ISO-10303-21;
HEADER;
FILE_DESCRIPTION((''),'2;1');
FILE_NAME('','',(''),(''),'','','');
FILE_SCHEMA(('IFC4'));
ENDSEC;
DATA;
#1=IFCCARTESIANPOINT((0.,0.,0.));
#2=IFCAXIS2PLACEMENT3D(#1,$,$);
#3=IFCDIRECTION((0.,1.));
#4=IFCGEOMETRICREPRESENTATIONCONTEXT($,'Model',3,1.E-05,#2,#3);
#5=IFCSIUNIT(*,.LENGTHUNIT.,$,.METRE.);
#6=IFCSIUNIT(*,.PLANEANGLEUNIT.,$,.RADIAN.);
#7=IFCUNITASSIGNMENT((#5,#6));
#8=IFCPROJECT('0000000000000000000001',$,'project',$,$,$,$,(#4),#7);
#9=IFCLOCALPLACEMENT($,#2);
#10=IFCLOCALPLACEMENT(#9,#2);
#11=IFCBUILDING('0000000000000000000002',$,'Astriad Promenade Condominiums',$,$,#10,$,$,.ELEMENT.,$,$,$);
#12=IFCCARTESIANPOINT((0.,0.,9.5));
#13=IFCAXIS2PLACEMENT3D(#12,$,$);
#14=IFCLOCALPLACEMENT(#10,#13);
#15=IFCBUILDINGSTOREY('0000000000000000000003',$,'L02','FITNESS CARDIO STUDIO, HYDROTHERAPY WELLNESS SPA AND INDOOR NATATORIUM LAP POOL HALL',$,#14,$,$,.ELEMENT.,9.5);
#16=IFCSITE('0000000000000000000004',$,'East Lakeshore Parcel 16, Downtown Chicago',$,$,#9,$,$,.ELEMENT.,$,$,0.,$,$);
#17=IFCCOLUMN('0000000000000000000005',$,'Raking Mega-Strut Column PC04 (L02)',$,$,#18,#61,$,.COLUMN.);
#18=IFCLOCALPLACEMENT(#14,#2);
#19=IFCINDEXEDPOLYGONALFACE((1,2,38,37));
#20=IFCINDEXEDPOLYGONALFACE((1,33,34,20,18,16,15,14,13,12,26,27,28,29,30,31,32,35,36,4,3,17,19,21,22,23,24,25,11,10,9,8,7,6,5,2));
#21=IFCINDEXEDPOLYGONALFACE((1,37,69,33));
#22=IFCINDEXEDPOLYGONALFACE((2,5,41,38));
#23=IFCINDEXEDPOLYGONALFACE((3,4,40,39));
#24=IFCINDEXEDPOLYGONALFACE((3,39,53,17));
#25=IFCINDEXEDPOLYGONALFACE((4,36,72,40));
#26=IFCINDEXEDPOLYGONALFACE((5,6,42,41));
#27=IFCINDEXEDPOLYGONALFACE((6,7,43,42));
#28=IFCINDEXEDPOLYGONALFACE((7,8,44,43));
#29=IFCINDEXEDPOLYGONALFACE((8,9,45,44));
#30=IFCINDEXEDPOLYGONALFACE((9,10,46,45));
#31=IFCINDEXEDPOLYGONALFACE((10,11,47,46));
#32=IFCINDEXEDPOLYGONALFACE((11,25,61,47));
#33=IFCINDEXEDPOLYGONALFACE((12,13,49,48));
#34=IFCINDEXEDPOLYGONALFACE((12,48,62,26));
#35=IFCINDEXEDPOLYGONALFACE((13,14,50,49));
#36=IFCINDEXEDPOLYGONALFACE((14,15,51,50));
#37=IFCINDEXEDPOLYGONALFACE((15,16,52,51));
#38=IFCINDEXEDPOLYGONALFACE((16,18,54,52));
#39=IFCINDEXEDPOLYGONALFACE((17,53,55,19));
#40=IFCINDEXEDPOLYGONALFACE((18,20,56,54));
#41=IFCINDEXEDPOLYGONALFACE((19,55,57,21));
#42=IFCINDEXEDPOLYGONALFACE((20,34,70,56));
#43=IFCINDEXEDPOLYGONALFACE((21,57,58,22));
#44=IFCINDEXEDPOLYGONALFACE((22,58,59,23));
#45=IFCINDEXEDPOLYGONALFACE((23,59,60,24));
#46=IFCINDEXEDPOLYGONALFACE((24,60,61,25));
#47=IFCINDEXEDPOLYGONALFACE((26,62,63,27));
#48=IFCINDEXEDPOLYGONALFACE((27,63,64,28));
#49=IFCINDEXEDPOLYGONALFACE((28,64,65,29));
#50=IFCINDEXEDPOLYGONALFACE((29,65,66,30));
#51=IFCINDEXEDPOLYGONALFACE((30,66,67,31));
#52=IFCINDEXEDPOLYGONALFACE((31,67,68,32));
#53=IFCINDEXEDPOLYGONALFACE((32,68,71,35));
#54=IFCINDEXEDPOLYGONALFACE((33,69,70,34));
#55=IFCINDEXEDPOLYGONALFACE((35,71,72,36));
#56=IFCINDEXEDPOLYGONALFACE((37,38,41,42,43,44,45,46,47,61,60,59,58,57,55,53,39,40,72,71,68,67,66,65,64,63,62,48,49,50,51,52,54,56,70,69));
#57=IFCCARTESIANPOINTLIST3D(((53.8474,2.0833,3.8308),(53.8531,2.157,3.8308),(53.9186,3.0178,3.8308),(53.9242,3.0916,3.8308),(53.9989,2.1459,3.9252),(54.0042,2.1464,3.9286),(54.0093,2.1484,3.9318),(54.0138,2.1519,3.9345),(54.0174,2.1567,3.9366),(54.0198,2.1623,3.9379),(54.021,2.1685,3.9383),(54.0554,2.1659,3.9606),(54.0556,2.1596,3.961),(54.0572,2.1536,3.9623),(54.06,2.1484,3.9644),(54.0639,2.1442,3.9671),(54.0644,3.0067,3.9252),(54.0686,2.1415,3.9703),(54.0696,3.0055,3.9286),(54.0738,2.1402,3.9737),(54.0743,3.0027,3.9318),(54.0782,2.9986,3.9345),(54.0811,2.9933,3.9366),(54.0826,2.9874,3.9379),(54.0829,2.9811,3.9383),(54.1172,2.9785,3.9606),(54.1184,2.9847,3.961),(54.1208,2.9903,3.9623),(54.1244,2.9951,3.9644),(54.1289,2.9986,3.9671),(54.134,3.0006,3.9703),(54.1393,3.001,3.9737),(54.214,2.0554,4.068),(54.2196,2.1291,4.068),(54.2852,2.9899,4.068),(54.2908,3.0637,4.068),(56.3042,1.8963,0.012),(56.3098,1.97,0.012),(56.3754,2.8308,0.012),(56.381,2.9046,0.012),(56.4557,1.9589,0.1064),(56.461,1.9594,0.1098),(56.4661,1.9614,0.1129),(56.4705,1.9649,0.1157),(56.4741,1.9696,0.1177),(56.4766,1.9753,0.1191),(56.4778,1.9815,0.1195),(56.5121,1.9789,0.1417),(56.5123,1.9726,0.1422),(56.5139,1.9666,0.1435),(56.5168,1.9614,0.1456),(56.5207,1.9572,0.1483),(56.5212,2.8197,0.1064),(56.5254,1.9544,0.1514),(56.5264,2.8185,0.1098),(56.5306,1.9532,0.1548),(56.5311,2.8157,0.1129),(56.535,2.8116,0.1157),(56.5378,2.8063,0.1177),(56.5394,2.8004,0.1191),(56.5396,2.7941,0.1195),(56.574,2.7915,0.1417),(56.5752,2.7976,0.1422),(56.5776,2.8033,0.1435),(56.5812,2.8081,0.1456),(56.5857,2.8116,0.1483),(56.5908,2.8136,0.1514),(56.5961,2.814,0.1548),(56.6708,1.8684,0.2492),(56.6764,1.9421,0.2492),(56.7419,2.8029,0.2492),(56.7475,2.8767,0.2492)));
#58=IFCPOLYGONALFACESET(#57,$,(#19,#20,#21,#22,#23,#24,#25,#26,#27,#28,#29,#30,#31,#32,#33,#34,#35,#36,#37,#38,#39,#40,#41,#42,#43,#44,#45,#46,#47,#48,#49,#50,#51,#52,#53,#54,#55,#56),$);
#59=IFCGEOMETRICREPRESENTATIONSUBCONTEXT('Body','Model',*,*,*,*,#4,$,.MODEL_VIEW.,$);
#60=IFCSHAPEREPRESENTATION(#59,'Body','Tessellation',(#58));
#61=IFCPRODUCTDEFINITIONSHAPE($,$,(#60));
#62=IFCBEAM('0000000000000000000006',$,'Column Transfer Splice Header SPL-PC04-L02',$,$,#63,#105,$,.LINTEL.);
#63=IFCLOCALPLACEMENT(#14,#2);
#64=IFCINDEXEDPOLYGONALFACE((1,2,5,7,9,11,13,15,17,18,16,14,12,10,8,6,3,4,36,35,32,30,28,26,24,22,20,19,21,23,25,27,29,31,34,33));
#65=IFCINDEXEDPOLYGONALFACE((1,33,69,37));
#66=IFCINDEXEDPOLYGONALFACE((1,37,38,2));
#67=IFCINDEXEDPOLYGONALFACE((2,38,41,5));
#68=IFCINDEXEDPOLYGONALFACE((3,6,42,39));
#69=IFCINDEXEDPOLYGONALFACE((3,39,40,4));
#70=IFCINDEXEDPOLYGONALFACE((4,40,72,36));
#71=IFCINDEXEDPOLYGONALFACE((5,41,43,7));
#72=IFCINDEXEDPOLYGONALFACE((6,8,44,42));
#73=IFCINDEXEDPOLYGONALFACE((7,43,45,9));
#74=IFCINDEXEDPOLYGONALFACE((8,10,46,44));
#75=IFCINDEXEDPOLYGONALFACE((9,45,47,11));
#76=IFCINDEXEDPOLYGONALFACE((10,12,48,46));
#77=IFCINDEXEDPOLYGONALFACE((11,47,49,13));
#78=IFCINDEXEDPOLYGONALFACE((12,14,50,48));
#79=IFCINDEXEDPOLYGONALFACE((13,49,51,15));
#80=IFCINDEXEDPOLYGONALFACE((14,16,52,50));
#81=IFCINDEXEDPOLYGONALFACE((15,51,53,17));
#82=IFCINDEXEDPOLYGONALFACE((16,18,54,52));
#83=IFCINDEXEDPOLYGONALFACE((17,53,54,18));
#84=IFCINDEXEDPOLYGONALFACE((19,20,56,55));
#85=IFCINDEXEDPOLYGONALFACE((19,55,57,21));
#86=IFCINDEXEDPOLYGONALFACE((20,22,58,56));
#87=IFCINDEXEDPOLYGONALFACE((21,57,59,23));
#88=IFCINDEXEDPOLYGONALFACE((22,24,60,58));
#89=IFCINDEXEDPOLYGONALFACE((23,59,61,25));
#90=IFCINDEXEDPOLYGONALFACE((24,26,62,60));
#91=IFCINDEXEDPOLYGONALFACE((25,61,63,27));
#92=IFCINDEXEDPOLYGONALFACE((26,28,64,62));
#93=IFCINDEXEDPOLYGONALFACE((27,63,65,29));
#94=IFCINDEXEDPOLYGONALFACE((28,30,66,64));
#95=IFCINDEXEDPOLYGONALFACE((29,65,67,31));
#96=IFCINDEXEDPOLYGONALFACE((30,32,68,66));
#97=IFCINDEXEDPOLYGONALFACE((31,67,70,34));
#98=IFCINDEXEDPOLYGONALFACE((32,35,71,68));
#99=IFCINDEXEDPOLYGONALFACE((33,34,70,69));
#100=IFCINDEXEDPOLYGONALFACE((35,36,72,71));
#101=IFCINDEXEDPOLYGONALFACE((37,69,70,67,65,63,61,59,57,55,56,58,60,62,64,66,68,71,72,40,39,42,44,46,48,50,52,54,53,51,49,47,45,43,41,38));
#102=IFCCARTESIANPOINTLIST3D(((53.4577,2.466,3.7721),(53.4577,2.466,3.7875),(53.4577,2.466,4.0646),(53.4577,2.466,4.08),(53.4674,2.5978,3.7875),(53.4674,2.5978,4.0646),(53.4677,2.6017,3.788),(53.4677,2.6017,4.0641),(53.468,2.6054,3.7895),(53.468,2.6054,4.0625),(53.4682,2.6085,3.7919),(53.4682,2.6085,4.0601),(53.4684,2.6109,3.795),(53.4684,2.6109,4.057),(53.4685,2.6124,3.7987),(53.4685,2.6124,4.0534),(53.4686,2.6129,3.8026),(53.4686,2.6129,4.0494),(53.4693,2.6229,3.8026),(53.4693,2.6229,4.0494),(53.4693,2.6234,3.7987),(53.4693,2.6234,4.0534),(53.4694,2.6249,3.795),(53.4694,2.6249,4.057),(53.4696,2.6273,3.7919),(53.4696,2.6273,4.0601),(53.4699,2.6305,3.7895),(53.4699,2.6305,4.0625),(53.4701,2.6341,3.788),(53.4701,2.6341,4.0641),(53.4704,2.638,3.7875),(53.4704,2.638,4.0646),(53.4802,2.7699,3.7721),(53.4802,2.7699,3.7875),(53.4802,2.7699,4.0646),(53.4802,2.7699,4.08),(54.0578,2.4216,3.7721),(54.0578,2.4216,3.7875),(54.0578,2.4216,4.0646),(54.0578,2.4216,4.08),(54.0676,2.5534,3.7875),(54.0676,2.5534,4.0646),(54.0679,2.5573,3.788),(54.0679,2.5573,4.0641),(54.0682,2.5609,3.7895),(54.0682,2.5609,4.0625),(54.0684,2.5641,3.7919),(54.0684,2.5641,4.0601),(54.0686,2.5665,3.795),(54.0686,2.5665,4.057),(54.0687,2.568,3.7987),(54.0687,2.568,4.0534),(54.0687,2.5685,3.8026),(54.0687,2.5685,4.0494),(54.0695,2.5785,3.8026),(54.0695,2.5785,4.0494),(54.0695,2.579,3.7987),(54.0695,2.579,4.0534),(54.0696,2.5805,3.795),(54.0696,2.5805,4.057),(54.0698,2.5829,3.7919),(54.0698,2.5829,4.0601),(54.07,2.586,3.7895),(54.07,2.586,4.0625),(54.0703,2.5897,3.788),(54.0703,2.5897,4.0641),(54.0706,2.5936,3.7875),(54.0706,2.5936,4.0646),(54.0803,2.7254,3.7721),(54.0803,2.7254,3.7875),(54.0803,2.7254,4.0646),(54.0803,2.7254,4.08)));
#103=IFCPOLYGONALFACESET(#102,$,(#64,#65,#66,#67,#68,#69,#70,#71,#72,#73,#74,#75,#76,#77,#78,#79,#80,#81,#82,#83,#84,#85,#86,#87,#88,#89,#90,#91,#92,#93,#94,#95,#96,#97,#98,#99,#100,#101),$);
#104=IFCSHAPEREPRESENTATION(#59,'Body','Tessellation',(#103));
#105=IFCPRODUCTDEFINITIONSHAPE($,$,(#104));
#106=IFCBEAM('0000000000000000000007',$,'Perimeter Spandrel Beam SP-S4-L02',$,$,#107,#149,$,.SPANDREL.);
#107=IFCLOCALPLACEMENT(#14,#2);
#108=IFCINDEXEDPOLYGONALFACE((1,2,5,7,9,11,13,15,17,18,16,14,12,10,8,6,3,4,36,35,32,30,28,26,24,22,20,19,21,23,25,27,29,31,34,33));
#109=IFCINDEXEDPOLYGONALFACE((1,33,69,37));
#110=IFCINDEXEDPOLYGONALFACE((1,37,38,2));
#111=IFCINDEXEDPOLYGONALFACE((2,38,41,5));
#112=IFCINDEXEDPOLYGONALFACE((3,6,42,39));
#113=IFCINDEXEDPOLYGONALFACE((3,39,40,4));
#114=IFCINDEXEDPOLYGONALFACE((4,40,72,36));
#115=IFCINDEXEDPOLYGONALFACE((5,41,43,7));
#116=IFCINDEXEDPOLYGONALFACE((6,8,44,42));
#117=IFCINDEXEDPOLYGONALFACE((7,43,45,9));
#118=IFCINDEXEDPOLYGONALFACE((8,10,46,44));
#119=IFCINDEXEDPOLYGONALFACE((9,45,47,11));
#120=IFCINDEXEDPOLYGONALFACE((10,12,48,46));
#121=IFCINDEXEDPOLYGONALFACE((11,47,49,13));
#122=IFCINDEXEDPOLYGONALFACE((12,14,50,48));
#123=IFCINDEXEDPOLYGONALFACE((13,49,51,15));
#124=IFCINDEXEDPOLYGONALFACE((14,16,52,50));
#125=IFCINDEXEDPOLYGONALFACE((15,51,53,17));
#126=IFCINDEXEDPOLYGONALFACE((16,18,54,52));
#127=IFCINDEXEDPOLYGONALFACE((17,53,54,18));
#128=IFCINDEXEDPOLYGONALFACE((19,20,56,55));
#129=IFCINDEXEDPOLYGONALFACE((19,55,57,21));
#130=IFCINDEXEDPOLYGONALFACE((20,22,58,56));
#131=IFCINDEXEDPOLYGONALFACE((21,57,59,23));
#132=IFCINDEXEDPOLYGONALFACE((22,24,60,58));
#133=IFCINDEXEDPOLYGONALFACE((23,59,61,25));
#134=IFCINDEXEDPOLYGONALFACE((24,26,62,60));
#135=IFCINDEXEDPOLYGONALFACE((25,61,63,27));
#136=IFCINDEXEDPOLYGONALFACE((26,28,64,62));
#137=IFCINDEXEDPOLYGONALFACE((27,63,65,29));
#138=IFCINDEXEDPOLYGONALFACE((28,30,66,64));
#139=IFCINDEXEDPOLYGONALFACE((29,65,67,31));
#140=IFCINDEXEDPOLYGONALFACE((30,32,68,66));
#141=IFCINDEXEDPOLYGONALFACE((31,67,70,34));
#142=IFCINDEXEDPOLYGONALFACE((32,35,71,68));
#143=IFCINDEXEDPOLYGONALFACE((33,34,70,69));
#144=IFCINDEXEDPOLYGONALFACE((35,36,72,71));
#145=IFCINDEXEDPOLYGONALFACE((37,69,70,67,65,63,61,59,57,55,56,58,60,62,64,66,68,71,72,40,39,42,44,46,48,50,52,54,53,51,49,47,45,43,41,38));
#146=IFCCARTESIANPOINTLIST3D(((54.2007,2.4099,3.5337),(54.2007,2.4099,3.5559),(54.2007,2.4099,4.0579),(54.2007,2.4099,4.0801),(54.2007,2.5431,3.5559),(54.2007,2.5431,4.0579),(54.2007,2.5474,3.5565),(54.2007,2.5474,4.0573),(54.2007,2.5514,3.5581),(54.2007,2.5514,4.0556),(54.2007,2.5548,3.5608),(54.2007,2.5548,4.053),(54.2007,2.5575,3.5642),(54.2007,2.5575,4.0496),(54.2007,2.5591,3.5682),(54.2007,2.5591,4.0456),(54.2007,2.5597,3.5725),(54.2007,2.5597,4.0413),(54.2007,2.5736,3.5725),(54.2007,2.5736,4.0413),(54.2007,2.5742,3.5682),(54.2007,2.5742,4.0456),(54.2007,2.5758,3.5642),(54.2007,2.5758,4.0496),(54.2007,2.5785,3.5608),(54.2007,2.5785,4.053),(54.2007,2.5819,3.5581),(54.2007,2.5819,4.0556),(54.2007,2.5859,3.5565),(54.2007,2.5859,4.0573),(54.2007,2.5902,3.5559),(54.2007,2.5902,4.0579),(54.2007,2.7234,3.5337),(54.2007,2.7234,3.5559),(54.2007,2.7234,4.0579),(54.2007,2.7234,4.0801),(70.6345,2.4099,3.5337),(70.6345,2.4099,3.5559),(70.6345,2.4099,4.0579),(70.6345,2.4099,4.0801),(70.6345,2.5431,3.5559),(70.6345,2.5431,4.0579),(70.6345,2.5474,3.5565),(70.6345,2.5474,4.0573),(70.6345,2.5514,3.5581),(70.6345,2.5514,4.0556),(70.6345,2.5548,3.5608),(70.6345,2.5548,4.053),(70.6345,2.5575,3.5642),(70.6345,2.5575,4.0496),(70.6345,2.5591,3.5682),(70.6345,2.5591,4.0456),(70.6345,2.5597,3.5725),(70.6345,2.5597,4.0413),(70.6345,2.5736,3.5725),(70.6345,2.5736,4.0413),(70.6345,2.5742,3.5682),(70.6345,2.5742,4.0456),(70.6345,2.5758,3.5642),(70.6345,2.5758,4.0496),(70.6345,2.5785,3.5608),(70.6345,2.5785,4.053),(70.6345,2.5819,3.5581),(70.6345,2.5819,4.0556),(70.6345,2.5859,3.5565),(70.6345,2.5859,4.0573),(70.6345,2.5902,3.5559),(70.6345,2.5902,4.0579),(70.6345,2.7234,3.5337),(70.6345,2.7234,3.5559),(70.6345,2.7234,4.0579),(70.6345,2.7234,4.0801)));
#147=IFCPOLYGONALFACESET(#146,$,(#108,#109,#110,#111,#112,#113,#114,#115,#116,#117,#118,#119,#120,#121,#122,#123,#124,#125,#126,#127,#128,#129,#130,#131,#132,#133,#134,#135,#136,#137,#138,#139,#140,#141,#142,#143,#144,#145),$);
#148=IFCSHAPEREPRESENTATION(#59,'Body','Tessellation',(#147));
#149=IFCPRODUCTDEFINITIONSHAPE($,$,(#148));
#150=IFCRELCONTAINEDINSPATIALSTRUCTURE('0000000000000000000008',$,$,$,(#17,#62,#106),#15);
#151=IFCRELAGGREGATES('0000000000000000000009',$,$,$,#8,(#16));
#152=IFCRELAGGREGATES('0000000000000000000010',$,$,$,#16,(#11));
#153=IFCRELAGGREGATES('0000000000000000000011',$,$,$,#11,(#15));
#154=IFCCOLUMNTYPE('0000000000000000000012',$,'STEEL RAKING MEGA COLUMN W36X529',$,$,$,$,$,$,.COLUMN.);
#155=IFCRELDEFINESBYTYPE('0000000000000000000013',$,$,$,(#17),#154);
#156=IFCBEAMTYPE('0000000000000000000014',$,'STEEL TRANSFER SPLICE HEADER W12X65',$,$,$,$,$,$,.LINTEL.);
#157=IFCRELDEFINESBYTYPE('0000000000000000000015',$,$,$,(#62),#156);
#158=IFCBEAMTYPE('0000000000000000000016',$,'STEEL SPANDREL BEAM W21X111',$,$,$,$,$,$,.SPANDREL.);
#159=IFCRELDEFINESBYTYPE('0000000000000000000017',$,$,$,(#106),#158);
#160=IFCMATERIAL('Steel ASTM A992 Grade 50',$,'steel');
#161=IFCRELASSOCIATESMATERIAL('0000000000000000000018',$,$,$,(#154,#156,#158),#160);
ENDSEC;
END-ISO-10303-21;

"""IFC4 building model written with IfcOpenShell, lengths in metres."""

from ifc_helpers import new_model, si_unit, direction, frame, origin, origin_2d, place, context, subcontext, project, spatial, i_section, extrude, source, transform, mapped, material, material_profile, profile_set, type_object, type_shapes, element, save


model = new_model("IFC4")

# Units and contexts
model_context = context("Model", 3, precision=1e-05, world=origin(), true_north=direction((0.0, 1.0)))
body_context = subcontext(model_context, "Body", "Model", "MODEL_VIEW")
ifc_project = project(units=[si_unit("LENGTHUNIT", "METRE"), si_unit("PLANEANGLEUNIT", "RADIAN")], contexts=[model_context])

# Site, building, storey
site_placement = place(None, origin())
site = spatial("IfcSite", under=ifc_project, at=site_placement, Name="East Lakeshore Parcel 16, Downtown Chicago", CompositionType="ELEMENT", RefElevation=0.0)
building_placement = place(site_placement, origin())
building = spatial("IfcBuilding", under=site, at=building_placement, Name="Astriad Promenade Condominiums", CompositionType="ELEMENT")
storey_placement = place(building_placement, frame((0.0, 0.0, 9.5)))
storey = spatial("IfcBuildingStorey", under=building, at=storey_placement, Name="L02", Description="FITNESS CARDIO STUDIO, HYDROTHERAPY WELLNESS SPA AND INDOOR NATATORIUM LAP POOL HALL", CompositionType="ELEMENT", Elevation=9.5)

# Column
ifc_material_1 = material(Name="Steel ASTM A992 Grade 50", Category="steel")
ifc_material_profile_1 = material_profile(ifc_material_1, i_section(OverallWidth=0.4375, OverallDepth=1.0112, WebThickness=0.041, FlangeThickness=0.074, FilletRadius=0.0242, at=origin_2d()), Name="W36X529")
ifc_profile_set_1 = profile_set([ifc_material_profile_1], Name="Steel ASTM A992 Grade 50")
column_type = type_object("IfcColumnType", Name="STEEL RAKING MEGA COLUMN W36X529", PredefinedType="COLUMN", material=ifc_profile_set_1)
shared_shape_1 = source(origin(), body_context, "Body", "SweptSolid", [
    extrude(i_section(OverallWidth=0.4375, OverallDepth=1.0112, WebThickness=0.041, FlangeThickness=0.074, FilletRadius=0.0242, at=origin_2d()), origin(), (0.0, 0.0, 1.0), 4.5447),
])
type_shapes(column_type, [shared_shape_1])
column_placement = place(storey_placement, frame((56.5259, 2.3865, 0.1306), z_axis=(-0.540582, 0.041149, 0.840284), x_axis=(0.837861, -0.063778, 0.542146)))
element("IfcColumn", 1, at=column_placement, inside=storey, type_object=column_type, Name="Raking Mega-Strut Column PC04 (L02)", PredefinedType="COLUMN", context=body_context, shape_type="MappedRepresentation", body=[
    mapped(shared_shape_1, transform((0.0, 0.0, 0.0), scale=1.0)),
])

# Beams
ifc_material_profile_2 = material_profile(ifc_material_1, i_section(OverallWidth=0.3047, OverallDepth=0.3079, WebThickness=0.01, FlangeThickness=0.0154, FilletRadius=0.0151, at=origin_2d()), Name="W12X65")
ifc_profile_set_2 = profile_set([ifc_material_profile_2], Name="Steel ASTM A992 Grade 50")
beam_type_1 = type_object("IfcBeamType", Name="STEEL TRANSFER SPLICE HEADER W12X65", PredefinedType="LINTEL", material=ifc_profile_set_2)
shared_shape_2 = source(origin(), body_context, "Body", "SweptSolid", [
    extrude(i_section(OverallWidth=0.3047, OverallDepth=0.3079, WebThickness=0.01, FlangeThickness=0.0154, FilletRadius=0.0151, at=origin_2d()), origin(), (0.0, 0.0, 1.0), 0.6018),
])
type_shapes(beam_type_1, [shared_shape_2])
beam_1_placement = place(storey_placement, frame((54.0691, 2.5735, 3.926), z_axis=(-0.99727, 0.073842, 0.0), x_axis=(-0.073842, -0.99727, 0.0)))
element("IfcBeam", 2, at=beam_1_placement, inside=storey, type_object=beam_type_1, Name="Column Transfer Splice Header SPL-PC04-L02", PredefinedType="LINTEL", context=body_context, shape_type="MappedRepresentation", body=[
    mapped(shared_shape_2, transform((0.0, 0.0, 0.0), scale=1.0)),
])
ifc_material_profile_3 = material_profile(ifc_material_1, i_section(OverallWidth=0.3135, OverallDepth=0.5464, WebThickness=0.0139, FlangeThickness=0.0222, FilletRadius=0.0166, at=origin_2d()), Name="W21X111")
ifc_profile_set_3 = profile_set([ifc_material_profile_3], Name="Steel ASTM A992 Grade 50")
beam_type_2 = type_object("IfcBeamType", Name="STEEL SPANDREL BEAM W21X111", PredefinedType="SPANDREL", material=ifc_profile_set_3)
shared_shape_3 = source(origin(), body_context, "Body", "SweptSolid", [
    extrude(i_section(OverallWidth=0.3135, OverallDepth=0.5464, WebThickness=0.0139, FlangeThickness=0.0222, FilletRadius=0.0166, at=origin_2d()), origin(), (0.0, 0.0, 1.0), 16.4338),
])
type_shapes(beam_type_2, [shared_shape_3])
beam_2_placement = place(storey_placement, frame((54.2007, 2.5667, 3.8069), z_axis=(1.0, 0.0, 0.0), x_axis=(0.0, 1.0, 0.0)))
element("IfcBeam", 3, at=beam_2_placement, inside=storey, type_object=beam_type_2, Name="Perimeter Spandrel Beam SP-S4-L02", PredefinedType="SPANDREL", context=body_context, shape_type="MappedRepresentation", body=[
    mapped(shared_shape_3, transform((0.0, 0.0, 0.0), scale=1.0)),
])

save(model, "model.ifc")
